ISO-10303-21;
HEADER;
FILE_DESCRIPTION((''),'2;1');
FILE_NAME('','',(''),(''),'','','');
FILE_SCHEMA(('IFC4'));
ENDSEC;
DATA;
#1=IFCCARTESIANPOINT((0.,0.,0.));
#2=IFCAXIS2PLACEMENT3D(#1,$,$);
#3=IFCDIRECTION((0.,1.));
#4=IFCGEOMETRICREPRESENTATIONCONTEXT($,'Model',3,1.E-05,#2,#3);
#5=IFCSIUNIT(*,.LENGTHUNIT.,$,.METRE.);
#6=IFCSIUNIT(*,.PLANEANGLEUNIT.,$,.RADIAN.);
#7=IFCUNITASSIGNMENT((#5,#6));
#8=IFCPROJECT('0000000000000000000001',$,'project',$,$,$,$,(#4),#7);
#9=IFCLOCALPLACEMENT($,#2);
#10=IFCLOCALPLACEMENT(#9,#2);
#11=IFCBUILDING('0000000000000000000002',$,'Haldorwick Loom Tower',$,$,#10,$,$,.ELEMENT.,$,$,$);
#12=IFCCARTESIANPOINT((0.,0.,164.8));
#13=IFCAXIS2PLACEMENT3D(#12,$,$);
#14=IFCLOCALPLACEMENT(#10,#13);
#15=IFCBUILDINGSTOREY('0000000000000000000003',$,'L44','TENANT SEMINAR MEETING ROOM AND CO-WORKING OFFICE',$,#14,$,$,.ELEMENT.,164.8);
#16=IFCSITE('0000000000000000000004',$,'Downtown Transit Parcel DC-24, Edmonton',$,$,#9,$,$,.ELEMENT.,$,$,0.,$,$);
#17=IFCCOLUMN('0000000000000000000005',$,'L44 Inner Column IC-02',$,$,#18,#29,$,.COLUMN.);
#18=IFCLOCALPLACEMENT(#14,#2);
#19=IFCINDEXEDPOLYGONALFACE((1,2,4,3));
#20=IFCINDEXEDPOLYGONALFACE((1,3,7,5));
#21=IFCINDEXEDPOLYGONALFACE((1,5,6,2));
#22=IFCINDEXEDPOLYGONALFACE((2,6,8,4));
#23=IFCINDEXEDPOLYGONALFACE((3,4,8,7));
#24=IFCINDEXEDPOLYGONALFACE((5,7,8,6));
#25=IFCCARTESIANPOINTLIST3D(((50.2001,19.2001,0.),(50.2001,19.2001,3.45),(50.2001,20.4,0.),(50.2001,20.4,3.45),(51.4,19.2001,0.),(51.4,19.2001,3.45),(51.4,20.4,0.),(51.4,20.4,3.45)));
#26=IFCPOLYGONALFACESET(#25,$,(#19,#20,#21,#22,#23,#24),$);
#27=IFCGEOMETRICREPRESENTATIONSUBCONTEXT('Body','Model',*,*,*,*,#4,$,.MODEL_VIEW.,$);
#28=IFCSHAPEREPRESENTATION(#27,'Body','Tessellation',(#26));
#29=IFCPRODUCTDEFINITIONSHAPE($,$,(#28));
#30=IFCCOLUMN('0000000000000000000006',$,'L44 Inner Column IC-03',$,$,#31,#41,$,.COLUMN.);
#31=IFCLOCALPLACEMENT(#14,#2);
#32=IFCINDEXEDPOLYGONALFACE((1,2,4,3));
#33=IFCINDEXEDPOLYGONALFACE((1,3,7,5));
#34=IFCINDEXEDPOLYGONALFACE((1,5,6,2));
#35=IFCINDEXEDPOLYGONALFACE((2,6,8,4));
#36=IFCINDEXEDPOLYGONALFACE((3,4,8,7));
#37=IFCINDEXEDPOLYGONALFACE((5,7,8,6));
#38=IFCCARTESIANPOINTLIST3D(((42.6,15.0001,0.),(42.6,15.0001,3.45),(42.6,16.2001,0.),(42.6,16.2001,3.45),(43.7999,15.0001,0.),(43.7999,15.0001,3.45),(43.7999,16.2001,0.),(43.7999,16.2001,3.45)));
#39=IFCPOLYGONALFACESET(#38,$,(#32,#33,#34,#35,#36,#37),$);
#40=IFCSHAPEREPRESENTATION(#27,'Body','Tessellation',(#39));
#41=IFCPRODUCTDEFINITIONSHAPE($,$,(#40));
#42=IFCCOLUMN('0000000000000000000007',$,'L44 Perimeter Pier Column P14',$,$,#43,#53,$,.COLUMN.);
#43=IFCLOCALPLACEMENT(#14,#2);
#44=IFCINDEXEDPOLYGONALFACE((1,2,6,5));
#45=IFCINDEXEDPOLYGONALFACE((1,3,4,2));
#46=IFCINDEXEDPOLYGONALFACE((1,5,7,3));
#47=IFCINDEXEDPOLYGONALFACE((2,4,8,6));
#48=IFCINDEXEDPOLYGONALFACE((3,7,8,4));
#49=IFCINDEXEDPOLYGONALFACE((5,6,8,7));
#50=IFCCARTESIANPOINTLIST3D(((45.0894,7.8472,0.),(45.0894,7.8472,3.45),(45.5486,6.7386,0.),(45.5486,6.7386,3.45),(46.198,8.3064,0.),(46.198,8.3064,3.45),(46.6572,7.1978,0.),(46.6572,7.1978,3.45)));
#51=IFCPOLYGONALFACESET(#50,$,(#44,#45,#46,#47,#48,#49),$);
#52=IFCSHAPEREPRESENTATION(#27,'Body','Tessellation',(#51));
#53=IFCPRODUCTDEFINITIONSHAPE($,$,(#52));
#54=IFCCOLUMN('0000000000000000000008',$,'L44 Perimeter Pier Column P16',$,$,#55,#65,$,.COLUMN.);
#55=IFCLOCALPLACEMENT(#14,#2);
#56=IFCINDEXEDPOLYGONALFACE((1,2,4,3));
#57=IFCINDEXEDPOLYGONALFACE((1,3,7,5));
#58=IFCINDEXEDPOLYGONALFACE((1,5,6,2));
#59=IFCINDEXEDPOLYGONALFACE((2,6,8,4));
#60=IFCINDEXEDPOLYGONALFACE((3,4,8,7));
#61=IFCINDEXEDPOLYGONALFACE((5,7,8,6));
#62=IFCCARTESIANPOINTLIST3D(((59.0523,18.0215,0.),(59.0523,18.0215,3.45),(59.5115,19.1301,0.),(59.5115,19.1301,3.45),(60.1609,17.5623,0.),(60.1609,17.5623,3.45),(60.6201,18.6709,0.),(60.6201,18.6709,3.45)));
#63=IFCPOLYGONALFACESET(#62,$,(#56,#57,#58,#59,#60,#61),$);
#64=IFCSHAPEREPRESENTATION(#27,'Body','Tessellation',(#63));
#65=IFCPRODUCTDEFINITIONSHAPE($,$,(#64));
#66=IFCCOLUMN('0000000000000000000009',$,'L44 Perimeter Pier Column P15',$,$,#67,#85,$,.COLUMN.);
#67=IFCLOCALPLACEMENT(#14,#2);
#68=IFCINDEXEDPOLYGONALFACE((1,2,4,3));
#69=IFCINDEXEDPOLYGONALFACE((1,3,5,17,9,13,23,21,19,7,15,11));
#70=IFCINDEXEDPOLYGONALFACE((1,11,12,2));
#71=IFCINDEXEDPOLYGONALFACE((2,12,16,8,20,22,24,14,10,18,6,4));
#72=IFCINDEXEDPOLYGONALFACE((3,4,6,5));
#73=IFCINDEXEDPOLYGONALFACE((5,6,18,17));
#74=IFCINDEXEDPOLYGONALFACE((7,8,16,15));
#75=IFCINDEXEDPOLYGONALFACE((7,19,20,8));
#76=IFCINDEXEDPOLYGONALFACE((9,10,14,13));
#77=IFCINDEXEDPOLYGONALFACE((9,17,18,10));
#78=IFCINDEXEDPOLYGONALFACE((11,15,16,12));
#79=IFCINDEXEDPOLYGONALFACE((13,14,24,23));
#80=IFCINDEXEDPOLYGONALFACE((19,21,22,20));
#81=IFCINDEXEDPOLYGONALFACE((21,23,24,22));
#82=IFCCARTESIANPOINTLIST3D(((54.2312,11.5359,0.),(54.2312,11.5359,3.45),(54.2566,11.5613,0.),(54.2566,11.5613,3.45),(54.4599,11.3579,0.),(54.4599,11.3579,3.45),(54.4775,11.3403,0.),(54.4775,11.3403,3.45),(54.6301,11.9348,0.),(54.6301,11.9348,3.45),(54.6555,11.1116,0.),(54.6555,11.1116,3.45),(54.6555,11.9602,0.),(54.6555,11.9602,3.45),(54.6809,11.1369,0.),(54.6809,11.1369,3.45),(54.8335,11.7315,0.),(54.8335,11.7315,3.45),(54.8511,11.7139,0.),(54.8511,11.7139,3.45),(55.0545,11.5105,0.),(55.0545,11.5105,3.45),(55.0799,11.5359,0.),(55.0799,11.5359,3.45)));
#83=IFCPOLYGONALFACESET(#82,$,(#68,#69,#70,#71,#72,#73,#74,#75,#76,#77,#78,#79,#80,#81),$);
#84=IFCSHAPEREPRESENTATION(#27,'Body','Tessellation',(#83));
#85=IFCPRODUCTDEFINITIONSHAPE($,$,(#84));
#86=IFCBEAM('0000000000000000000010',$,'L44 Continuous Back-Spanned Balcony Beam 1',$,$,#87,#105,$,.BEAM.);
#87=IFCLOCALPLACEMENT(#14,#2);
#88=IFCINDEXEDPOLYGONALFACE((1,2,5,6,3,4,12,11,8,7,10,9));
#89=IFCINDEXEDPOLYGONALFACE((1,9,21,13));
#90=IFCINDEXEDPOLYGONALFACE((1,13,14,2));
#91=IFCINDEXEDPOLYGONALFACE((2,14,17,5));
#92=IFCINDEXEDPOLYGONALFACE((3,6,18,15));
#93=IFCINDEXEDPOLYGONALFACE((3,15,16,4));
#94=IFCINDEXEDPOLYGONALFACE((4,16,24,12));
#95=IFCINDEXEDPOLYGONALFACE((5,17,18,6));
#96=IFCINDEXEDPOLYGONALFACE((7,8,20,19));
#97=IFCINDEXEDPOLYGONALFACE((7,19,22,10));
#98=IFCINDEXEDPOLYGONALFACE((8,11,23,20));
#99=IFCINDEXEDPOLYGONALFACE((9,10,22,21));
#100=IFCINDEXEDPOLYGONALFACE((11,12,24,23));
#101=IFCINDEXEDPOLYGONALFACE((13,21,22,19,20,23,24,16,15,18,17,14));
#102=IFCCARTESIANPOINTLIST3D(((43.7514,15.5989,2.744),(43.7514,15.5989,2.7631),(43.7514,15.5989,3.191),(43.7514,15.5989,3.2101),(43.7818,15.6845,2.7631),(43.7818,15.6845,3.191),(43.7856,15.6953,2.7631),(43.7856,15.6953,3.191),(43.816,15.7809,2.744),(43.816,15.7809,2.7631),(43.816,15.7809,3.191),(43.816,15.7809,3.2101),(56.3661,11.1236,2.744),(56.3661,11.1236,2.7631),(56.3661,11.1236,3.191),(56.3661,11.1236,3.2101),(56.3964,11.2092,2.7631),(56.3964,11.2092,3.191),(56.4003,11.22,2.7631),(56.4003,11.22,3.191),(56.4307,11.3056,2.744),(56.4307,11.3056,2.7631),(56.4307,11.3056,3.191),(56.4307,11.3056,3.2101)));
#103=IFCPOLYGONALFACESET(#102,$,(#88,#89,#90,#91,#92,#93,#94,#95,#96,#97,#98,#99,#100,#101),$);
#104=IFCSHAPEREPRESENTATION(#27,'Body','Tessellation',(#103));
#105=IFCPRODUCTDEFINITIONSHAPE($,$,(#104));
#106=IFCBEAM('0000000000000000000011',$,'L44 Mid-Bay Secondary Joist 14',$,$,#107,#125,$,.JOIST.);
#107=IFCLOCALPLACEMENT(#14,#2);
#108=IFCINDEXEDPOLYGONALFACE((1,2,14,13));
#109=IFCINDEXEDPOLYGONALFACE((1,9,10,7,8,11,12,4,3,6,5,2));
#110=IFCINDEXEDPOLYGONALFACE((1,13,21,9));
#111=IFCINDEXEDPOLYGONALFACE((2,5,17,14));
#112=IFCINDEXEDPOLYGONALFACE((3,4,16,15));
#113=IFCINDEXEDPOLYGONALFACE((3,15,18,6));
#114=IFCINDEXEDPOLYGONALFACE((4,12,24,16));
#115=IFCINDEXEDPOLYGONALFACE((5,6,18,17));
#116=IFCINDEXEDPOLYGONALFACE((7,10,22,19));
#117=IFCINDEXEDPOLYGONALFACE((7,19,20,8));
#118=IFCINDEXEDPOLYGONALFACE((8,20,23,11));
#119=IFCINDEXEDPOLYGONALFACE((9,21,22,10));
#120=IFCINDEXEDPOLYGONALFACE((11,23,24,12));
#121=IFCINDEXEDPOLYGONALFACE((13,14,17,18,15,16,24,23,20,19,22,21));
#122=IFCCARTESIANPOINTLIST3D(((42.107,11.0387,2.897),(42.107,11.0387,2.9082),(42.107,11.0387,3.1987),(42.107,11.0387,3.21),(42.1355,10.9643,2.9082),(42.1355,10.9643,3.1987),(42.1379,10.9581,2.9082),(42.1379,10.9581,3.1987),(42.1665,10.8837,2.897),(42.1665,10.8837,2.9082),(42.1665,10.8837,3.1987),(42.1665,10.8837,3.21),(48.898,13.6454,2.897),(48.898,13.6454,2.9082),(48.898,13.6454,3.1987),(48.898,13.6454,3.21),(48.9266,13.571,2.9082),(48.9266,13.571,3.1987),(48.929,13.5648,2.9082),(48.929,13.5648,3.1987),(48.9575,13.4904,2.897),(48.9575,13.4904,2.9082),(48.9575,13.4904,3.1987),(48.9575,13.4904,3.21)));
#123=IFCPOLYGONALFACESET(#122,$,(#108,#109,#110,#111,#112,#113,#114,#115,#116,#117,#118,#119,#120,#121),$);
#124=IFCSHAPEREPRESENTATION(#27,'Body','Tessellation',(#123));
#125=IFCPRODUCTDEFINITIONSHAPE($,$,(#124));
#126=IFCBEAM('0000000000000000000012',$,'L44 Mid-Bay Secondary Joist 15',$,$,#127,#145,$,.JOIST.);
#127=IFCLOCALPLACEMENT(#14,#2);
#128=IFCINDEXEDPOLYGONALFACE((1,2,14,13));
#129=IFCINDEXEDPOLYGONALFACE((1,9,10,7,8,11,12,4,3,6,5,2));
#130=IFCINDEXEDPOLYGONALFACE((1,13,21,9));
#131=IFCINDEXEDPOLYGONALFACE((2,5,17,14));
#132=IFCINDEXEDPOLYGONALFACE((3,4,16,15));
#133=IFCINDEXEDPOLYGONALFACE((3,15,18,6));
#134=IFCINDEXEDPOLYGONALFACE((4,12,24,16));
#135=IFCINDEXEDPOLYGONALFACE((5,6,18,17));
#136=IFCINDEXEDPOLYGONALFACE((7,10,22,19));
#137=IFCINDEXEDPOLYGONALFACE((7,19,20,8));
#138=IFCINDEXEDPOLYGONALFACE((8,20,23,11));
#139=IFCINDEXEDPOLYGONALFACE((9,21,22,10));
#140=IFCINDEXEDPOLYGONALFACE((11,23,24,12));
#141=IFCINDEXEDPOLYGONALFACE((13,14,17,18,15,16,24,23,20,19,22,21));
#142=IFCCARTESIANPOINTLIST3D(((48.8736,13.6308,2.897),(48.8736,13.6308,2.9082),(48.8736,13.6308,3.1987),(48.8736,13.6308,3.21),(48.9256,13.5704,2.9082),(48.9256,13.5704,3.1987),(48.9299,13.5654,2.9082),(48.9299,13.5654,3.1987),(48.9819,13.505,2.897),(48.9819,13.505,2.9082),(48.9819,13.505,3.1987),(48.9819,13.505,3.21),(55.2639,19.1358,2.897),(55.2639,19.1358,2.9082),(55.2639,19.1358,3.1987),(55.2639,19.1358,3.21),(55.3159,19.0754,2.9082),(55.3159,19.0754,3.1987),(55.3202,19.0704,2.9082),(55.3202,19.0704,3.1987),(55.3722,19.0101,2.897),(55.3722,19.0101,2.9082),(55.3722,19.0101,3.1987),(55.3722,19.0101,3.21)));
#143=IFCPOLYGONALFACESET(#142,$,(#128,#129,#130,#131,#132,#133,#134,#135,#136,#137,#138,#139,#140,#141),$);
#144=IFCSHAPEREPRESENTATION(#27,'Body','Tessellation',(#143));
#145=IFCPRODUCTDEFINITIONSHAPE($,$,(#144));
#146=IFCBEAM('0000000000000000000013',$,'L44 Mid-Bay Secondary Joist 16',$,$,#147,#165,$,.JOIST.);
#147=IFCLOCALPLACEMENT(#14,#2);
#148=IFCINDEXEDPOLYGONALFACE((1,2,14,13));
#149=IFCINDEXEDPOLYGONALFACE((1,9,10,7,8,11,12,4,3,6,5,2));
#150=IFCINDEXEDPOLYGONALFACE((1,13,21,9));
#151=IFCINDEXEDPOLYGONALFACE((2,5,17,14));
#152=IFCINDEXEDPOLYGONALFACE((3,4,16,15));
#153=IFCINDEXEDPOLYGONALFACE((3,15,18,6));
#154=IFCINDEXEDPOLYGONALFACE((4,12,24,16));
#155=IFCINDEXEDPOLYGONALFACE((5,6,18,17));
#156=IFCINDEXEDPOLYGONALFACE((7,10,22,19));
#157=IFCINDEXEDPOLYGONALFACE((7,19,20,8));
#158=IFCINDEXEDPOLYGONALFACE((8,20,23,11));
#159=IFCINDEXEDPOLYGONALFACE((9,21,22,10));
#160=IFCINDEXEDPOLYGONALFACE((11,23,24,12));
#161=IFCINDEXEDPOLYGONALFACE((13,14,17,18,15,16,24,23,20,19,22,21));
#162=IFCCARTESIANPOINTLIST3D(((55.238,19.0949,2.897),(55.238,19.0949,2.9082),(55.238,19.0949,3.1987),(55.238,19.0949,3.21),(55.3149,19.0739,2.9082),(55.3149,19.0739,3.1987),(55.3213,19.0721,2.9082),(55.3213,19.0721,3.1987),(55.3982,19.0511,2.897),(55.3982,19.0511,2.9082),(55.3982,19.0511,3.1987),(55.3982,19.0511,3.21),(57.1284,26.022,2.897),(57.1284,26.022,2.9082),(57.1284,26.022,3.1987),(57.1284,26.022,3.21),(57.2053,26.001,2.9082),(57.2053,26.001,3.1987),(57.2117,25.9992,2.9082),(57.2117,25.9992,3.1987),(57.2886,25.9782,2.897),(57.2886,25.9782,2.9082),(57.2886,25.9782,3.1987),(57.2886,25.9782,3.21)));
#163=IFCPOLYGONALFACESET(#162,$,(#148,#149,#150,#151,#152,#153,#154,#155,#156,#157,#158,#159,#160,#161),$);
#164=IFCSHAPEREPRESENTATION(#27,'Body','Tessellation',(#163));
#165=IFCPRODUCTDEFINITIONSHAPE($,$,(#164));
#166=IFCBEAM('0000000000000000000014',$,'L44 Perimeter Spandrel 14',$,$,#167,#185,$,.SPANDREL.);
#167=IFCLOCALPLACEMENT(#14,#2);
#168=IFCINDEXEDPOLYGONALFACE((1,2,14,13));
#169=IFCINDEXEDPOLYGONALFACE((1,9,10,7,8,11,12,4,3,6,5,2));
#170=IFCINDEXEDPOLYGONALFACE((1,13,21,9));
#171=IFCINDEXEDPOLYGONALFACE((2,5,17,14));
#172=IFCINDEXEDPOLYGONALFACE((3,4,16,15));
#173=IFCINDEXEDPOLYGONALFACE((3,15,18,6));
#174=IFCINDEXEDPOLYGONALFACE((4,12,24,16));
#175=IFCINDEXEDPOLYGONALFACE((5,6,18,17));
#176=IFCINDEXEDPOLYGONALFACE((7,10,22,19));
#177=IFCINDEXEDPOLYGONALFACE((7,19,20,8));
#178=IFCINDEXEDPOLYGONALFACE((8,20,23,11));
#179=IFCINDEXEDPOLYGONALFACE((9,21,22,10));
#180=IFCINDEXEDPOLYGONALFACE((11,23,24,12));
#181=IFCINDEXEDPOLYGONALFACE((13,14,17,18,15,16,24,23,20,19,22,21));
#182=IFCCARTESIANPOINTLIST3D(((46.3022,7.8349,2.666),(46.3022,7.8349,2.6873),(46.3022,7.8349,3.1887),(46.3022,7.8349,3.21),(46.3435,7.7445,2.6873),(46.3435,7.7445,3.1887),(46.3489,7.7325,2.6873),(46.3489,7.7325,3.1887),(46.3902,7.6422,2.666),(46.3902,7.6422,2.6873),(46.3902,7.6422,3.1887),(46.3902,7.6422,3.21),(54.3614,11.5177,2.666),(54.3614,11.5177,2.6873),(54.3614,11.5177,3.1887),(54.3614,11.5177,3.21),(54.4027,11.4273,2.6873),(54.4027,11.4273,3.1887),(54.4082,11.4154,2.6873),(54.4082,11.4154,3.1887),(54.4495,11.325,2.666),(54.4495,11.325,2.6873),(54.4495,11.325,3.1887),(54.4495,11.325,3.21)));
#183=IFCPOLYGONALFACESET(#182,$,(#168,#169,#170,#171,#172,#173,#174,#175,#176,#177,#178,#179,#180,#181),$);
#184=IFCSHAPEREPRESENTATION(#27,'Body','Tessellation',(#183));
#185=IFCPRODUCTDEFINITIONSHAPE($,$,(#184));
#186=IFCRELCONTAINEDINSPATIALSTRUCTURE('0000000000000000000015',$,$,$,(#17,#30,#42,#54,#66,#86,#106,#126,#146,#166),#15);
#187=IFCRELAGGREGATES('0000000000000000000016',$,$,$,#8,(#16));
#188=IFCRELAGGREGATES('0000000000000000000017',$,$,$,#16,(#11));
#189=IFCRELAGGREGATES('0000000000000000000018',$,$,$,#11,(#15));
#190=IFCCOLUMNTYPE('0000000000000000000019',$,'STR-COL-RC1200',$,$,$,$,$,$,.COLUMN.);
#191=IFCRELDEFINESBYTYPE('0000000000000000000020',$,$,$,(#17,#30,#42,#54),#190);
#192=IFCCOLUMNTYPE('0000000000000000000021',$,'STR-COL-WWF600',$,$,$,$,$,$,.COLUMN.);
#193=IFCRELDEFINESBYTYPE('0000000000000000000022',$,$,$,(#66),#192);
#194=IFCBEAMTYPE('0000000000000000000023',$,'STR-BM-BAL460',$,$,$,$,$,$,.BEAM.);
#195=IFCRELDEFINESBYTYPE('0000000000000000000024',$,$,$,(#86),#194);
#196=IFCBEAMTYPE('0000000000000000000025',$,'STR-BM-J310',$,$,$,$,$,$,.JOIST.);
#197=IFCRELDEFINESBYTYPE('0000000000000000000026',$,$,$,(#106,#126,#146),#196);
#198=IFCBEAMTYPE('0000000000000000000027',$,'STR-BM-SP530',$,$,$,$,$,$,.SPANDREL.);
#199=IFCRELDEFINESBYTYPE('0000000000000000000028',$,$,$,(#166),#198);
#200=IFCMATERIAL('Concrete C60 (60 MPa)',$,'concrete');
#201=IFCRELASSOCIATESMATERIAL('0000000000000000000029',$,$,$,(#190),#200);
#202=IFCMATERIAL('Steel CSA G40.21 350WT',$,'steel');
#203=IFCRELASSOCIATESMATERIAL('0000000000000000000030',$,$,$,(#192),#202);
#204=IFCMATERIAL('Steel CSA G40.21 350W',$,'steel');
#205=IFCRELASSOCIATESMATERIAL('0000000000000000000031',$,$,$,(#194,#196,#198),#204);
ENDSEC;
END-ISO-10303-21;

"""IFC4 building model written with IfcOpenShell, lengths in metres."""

from ifc_helpers import new_model, si_unit, direction, frame, origin, origin_2d, place, context, subcontext, project, spatial, rectangle, i_section, extrude, material, material_profile, profile_set, type_object, element, save


model = new_model("IFC4")

# Units and contexts
model_context = context("Model", 3, precision=1e-05, world=origin(), true_north=direction((0.0, 1.0)))
body_context = subcontext(model_context, "Body", "Model", "MODEL_VIEW")
ifc_project = project(units=[si_unit("LENGTHUNIT", "METRE"), si_unit("PLANEANGLEUNIT", "RADIAN")], contexts=[model_context])

# Site, building, storey
site_placement = place(None, origin())
site = spatial("IfcSite", under=ifc_project, at=site_placement, Name="Downtown Transit Parcel DC-24, Edmonton", CompositionType="ELEMENT", RefElevation=0.0)
building_placement = place(site_placement, origin())
building = spatial("IfcBuilding", under=site, at=building_placement, Name="Haldorwick Loom Tower", CompositionType="ELEMENT")
storey_placement = place(building_placement, frame((0.0, 0.0, 164.8)))
storey = spatial("IfcBuildingStorey", under=building, at=storey_placement, Name="L44", Description="TENANT SEMINAR MEETING ROOM AND CO-WORKING OFFICE", CompositionType="ELEMENT", Elevation=164.8)

# Columns
ifc_material_1 = material(Name="Concrete C60 (60 MPa)", Category="concrete")
ifc_material_profile_1 = material_profile(ifc_material_1, rectangle(XDim=1.2, YDim=1.2, at=origin_2d()), Name="RC1200X1200", Category="concrete")
ifc_profile_set_1 = profile_set([ifc_material_profile_1], Name="Concrete C60 (60 MPa)")
column_type_1 = type_object("IfcColumnType", Name="STR-COL-RC1200", PredefinedType="COLUMN", material=ifc_profile_set_1)
for number, where, z_axis, x_axis, name in (
    (1, (50.8, 19.8, 0.0), (0.0, 0.0, 1.0), (1.0, 0.0, 0.0), "L44 Inner Column IC-02"),
    (2, (43.2, 15.6001, 0.0), (0.0, 0.0, 1.0), (1.0, 0.0, 0.0), "L44 Inner Column IC-03"),
    (3, (45.8733, 7.5225, 0.0), (0.0, 0.0, 1.0), (0.382683, -0.92388, 0.0), "L44 Perimeter Pier Column P14"),
    (4, (59.8362, 18.3462, 0.0), (0.0, 0.0, 1.0), (0.92388, -0.382683, 0.0), "L44 Perimeter Pier Column P16"),
):
    element("IfcColumn", number, at=place(storey_placement, frame(where, z_axis=z_axis, x_axis=x_axis)), inside=storey, type_object=column_type_1, Name=name, PredefinedType="COLUMN", context=body_context, shape_type="SweptSolid", body=[
        extrude(rectangle(XDim=1.2, YDim=1.2, at=origin_2d()), origin(), (0.0, 0.0, 1.0), 3.45),
    ])
ifc_material_2 = material(Name="Steel CSA G40.21 350WT", Category="steel")
ifc_material_profile_2 = material_profile(ifc_material_2, i_section(OverallWidth=0.6001, OverallDepth=0.6001, WebThickness=0.0249, FlangeThickness=0.0359, at=origin_2d()), Name="WWF600X600", Category="steel")
ifc_profile_set_2 = profile_set([ifc_material_profile_2], Name="Steel CSA G40.21 350WT")
column_type_2 = type_object("IfcColumnType", Name="STR-COL-WWF600", PredefinedType="COLUMN", material=ifc_profile_set_2)
column_placement = place(storey_placement, frame((54.6555, 11.5359, 0.0), z_axis=(0.0, 0.0, 1.0), x_axis=(0.707107, -0.707107, 0.0)))
element("IfcColumn", 5, at=column_placement, inside=storey, type_object=column_type_2, Name="L44 Perimeter Pier Column P15", PredefinedType="COLUMN", context=body_context, shape_type="SweptSolid", body=[
    extrude(i_section(OverallWidth=0.6001, OverallDepth=0.6001, WebThickness=0.0249, FlangeThickness=0.0359, at=origin_2d()), origin(), (0.0, 0.0, 1.0), 3.45),
])

# Beams
ifc_material_3 = material(Name="Steel CSA G40.21 350W", Category="steel")
ifc_material_profile_3 = material_profile(ifc_material_3, i_section(OverallWidth=0.1931, OverallDepth=0.4661, WebThickness=0.0115, FlangeThickness=0.019, at=origin_2d()), Name="W460X97", Category="steel")
ifc_profile_set_3 = profile_set([ifc_material_profile_3], Name="Steel CSA G40.21 350W")
beam_type_1 = type_object("IfcBeamType", Name="STR-BM-BAL460", PredefinedType="BEAM", material=ifc_profile_set_3)
beam_1_placement = place(storey_placement, frame((43.7837, 15.6899, 2.9771), z_axis=(0.942448, -0.334353, 0.0), x_axis=(0.334353, 0.942448, 0.0)))
element("IfcBeam", 6, at=beam_1_placement, inside=storey, type_object=beam_type_1, Name="L44 Continuous Back-Spanned Balcony Beam 1", PredefinedType="BEAM", context=body_context, shape_type="SweptSolid", body=[
    extrude(i_section(OverallWidth=0.1931, OverallDepth=0.4661, WebThickness=0.0115, FlangeThickness=0.019, at=origin_2d()), origin(), (0.0, 0.0, 1.0), 13.385),
])
ifc_material_profile_4 = material_profile(ifc_material_3, i_section(OverallWidth=0.166, OverallDepth=0.313, WebThickness=0.0066, FlangeThickness=0.0112, at=origin_2d()), Name="W310X45", Category="steel")
ifc_profile_set_4 = profile_set([ifc_material_profile_4], Name="Steel CSA G40.21 350W")
beam_type_2 = type_object("IfcBeamType", Name="STR-BM-J310", PredefinedType="JOIST", material=ifc_profile_set_4)
beam_2_placement = place(storey_placement, frame((42.1367, 10.9612, 3.0535), z_axis=(0.933587, 0.358352, 0.0), x_axis=(-0.358352, 0.933587, 0.0)))
element("IfcBeam", 7, at=beam_2_placement, inside=storey, type_object=beam_type_2, Name="L44 Mid-Bay Secondary Joist 14", PredefinedType="JOIST", context=body_context, shape_type="SweptSolid", body=[
    extrude(i_section(OverallWidth=0.166, OverallDepth=0.313, WebThickness=0.0066, FlangeThickness=0.0112, at=origin_2d()), origin(), (0.0, 0.0, 1.0), 7.2742),
])
beam_3_placement = place(storey_placement, frame((48.9277, 13.5679, 3.0535), z_axis=(0.757634, 0.65268, 0.0), x_axis=(-0.65268, 0.757634, 0.0)))
element("IfcBeam", 8, at=beam_3_placement, inside=storey, type_object=beam_type_2, Name="L44 Mid-Bay Secondary Joist 15", PredefinedType="JOIST", context=body_context, shape_type="SweptSolid", body=[
    extrude(i_section(OverallWidth=0.166, OverallDepth=0.313, WebThickness=0.0066, FlangeThickness=0.0112, at=origin_2d()), origin(), (0.0, 0.0, 1.0), 8.4346),
])
beam_4_placement = place(storey_placement, frame((55.3181, 19.073, 3.0535), z_axis=(0.263273, 0.964721, 0.0), x_axis=(-0.964721, 0.263273, 0.0)))
element("IfcBeam", 9, at=beam_4_placement, inside=storey, type_object=beam_type_2, Name="L44 Mid-Bay Secondary Joist 16", PredefinedType="JOIST", context=body_context, shape_type="SweptSolid", body=[
    extrude(i_section(OverallWidth=0.166, OverallDepth=0.313, WebThickness=0.0066, FlangeThickness=0.0112, at=origin_2d()), origin(), (0.0, 0.0, 1.0), 7.1804),
])
ifc_material_profile_5 = material_profile(ifc_material_3, i_section(OverallWidth=0.2119, OverallDepth=0.5439, WebThickness=0.0132, FlangeThickness=0.0212, at=origin_2d()), Name="W530X123", Category="steel")
ifc_profile_set_5 = profile_set([ifc_material_profile_5], Name="Steel CSA G40.21 350W")
beam_type_3 = type_object("IfcBeamType", Name="STR-BM-SP530", PredefinedType="SPANDREL", material=ifc_profile_set_5)
beam_5_placement = place(storey_placement, frame((46.3462, 7.7385, 2.938), z_axis=(0.909534, 0.415629, 0.0), x_axis=(-0.415629, 0.909534, 0.0)))
element("IfcBeam", 10, at=beam_5_placement, inside=storey, type_object=beam_type_3, Name="L44 Perimeter Spandrel 14", PredefinedType="SPANDREL", context=body_context, shape_type="SweptSolid", body=[
    extrude(i_section(OverallWidth=0.2119, OverallDepth=0.5439, WebThickness=0.0132, FlangeThickness=0.0212, at=origin_2d()), origin(), (0.0, 0.0, 1.0), 8.8608),
])

save(model, "model.ifc")
